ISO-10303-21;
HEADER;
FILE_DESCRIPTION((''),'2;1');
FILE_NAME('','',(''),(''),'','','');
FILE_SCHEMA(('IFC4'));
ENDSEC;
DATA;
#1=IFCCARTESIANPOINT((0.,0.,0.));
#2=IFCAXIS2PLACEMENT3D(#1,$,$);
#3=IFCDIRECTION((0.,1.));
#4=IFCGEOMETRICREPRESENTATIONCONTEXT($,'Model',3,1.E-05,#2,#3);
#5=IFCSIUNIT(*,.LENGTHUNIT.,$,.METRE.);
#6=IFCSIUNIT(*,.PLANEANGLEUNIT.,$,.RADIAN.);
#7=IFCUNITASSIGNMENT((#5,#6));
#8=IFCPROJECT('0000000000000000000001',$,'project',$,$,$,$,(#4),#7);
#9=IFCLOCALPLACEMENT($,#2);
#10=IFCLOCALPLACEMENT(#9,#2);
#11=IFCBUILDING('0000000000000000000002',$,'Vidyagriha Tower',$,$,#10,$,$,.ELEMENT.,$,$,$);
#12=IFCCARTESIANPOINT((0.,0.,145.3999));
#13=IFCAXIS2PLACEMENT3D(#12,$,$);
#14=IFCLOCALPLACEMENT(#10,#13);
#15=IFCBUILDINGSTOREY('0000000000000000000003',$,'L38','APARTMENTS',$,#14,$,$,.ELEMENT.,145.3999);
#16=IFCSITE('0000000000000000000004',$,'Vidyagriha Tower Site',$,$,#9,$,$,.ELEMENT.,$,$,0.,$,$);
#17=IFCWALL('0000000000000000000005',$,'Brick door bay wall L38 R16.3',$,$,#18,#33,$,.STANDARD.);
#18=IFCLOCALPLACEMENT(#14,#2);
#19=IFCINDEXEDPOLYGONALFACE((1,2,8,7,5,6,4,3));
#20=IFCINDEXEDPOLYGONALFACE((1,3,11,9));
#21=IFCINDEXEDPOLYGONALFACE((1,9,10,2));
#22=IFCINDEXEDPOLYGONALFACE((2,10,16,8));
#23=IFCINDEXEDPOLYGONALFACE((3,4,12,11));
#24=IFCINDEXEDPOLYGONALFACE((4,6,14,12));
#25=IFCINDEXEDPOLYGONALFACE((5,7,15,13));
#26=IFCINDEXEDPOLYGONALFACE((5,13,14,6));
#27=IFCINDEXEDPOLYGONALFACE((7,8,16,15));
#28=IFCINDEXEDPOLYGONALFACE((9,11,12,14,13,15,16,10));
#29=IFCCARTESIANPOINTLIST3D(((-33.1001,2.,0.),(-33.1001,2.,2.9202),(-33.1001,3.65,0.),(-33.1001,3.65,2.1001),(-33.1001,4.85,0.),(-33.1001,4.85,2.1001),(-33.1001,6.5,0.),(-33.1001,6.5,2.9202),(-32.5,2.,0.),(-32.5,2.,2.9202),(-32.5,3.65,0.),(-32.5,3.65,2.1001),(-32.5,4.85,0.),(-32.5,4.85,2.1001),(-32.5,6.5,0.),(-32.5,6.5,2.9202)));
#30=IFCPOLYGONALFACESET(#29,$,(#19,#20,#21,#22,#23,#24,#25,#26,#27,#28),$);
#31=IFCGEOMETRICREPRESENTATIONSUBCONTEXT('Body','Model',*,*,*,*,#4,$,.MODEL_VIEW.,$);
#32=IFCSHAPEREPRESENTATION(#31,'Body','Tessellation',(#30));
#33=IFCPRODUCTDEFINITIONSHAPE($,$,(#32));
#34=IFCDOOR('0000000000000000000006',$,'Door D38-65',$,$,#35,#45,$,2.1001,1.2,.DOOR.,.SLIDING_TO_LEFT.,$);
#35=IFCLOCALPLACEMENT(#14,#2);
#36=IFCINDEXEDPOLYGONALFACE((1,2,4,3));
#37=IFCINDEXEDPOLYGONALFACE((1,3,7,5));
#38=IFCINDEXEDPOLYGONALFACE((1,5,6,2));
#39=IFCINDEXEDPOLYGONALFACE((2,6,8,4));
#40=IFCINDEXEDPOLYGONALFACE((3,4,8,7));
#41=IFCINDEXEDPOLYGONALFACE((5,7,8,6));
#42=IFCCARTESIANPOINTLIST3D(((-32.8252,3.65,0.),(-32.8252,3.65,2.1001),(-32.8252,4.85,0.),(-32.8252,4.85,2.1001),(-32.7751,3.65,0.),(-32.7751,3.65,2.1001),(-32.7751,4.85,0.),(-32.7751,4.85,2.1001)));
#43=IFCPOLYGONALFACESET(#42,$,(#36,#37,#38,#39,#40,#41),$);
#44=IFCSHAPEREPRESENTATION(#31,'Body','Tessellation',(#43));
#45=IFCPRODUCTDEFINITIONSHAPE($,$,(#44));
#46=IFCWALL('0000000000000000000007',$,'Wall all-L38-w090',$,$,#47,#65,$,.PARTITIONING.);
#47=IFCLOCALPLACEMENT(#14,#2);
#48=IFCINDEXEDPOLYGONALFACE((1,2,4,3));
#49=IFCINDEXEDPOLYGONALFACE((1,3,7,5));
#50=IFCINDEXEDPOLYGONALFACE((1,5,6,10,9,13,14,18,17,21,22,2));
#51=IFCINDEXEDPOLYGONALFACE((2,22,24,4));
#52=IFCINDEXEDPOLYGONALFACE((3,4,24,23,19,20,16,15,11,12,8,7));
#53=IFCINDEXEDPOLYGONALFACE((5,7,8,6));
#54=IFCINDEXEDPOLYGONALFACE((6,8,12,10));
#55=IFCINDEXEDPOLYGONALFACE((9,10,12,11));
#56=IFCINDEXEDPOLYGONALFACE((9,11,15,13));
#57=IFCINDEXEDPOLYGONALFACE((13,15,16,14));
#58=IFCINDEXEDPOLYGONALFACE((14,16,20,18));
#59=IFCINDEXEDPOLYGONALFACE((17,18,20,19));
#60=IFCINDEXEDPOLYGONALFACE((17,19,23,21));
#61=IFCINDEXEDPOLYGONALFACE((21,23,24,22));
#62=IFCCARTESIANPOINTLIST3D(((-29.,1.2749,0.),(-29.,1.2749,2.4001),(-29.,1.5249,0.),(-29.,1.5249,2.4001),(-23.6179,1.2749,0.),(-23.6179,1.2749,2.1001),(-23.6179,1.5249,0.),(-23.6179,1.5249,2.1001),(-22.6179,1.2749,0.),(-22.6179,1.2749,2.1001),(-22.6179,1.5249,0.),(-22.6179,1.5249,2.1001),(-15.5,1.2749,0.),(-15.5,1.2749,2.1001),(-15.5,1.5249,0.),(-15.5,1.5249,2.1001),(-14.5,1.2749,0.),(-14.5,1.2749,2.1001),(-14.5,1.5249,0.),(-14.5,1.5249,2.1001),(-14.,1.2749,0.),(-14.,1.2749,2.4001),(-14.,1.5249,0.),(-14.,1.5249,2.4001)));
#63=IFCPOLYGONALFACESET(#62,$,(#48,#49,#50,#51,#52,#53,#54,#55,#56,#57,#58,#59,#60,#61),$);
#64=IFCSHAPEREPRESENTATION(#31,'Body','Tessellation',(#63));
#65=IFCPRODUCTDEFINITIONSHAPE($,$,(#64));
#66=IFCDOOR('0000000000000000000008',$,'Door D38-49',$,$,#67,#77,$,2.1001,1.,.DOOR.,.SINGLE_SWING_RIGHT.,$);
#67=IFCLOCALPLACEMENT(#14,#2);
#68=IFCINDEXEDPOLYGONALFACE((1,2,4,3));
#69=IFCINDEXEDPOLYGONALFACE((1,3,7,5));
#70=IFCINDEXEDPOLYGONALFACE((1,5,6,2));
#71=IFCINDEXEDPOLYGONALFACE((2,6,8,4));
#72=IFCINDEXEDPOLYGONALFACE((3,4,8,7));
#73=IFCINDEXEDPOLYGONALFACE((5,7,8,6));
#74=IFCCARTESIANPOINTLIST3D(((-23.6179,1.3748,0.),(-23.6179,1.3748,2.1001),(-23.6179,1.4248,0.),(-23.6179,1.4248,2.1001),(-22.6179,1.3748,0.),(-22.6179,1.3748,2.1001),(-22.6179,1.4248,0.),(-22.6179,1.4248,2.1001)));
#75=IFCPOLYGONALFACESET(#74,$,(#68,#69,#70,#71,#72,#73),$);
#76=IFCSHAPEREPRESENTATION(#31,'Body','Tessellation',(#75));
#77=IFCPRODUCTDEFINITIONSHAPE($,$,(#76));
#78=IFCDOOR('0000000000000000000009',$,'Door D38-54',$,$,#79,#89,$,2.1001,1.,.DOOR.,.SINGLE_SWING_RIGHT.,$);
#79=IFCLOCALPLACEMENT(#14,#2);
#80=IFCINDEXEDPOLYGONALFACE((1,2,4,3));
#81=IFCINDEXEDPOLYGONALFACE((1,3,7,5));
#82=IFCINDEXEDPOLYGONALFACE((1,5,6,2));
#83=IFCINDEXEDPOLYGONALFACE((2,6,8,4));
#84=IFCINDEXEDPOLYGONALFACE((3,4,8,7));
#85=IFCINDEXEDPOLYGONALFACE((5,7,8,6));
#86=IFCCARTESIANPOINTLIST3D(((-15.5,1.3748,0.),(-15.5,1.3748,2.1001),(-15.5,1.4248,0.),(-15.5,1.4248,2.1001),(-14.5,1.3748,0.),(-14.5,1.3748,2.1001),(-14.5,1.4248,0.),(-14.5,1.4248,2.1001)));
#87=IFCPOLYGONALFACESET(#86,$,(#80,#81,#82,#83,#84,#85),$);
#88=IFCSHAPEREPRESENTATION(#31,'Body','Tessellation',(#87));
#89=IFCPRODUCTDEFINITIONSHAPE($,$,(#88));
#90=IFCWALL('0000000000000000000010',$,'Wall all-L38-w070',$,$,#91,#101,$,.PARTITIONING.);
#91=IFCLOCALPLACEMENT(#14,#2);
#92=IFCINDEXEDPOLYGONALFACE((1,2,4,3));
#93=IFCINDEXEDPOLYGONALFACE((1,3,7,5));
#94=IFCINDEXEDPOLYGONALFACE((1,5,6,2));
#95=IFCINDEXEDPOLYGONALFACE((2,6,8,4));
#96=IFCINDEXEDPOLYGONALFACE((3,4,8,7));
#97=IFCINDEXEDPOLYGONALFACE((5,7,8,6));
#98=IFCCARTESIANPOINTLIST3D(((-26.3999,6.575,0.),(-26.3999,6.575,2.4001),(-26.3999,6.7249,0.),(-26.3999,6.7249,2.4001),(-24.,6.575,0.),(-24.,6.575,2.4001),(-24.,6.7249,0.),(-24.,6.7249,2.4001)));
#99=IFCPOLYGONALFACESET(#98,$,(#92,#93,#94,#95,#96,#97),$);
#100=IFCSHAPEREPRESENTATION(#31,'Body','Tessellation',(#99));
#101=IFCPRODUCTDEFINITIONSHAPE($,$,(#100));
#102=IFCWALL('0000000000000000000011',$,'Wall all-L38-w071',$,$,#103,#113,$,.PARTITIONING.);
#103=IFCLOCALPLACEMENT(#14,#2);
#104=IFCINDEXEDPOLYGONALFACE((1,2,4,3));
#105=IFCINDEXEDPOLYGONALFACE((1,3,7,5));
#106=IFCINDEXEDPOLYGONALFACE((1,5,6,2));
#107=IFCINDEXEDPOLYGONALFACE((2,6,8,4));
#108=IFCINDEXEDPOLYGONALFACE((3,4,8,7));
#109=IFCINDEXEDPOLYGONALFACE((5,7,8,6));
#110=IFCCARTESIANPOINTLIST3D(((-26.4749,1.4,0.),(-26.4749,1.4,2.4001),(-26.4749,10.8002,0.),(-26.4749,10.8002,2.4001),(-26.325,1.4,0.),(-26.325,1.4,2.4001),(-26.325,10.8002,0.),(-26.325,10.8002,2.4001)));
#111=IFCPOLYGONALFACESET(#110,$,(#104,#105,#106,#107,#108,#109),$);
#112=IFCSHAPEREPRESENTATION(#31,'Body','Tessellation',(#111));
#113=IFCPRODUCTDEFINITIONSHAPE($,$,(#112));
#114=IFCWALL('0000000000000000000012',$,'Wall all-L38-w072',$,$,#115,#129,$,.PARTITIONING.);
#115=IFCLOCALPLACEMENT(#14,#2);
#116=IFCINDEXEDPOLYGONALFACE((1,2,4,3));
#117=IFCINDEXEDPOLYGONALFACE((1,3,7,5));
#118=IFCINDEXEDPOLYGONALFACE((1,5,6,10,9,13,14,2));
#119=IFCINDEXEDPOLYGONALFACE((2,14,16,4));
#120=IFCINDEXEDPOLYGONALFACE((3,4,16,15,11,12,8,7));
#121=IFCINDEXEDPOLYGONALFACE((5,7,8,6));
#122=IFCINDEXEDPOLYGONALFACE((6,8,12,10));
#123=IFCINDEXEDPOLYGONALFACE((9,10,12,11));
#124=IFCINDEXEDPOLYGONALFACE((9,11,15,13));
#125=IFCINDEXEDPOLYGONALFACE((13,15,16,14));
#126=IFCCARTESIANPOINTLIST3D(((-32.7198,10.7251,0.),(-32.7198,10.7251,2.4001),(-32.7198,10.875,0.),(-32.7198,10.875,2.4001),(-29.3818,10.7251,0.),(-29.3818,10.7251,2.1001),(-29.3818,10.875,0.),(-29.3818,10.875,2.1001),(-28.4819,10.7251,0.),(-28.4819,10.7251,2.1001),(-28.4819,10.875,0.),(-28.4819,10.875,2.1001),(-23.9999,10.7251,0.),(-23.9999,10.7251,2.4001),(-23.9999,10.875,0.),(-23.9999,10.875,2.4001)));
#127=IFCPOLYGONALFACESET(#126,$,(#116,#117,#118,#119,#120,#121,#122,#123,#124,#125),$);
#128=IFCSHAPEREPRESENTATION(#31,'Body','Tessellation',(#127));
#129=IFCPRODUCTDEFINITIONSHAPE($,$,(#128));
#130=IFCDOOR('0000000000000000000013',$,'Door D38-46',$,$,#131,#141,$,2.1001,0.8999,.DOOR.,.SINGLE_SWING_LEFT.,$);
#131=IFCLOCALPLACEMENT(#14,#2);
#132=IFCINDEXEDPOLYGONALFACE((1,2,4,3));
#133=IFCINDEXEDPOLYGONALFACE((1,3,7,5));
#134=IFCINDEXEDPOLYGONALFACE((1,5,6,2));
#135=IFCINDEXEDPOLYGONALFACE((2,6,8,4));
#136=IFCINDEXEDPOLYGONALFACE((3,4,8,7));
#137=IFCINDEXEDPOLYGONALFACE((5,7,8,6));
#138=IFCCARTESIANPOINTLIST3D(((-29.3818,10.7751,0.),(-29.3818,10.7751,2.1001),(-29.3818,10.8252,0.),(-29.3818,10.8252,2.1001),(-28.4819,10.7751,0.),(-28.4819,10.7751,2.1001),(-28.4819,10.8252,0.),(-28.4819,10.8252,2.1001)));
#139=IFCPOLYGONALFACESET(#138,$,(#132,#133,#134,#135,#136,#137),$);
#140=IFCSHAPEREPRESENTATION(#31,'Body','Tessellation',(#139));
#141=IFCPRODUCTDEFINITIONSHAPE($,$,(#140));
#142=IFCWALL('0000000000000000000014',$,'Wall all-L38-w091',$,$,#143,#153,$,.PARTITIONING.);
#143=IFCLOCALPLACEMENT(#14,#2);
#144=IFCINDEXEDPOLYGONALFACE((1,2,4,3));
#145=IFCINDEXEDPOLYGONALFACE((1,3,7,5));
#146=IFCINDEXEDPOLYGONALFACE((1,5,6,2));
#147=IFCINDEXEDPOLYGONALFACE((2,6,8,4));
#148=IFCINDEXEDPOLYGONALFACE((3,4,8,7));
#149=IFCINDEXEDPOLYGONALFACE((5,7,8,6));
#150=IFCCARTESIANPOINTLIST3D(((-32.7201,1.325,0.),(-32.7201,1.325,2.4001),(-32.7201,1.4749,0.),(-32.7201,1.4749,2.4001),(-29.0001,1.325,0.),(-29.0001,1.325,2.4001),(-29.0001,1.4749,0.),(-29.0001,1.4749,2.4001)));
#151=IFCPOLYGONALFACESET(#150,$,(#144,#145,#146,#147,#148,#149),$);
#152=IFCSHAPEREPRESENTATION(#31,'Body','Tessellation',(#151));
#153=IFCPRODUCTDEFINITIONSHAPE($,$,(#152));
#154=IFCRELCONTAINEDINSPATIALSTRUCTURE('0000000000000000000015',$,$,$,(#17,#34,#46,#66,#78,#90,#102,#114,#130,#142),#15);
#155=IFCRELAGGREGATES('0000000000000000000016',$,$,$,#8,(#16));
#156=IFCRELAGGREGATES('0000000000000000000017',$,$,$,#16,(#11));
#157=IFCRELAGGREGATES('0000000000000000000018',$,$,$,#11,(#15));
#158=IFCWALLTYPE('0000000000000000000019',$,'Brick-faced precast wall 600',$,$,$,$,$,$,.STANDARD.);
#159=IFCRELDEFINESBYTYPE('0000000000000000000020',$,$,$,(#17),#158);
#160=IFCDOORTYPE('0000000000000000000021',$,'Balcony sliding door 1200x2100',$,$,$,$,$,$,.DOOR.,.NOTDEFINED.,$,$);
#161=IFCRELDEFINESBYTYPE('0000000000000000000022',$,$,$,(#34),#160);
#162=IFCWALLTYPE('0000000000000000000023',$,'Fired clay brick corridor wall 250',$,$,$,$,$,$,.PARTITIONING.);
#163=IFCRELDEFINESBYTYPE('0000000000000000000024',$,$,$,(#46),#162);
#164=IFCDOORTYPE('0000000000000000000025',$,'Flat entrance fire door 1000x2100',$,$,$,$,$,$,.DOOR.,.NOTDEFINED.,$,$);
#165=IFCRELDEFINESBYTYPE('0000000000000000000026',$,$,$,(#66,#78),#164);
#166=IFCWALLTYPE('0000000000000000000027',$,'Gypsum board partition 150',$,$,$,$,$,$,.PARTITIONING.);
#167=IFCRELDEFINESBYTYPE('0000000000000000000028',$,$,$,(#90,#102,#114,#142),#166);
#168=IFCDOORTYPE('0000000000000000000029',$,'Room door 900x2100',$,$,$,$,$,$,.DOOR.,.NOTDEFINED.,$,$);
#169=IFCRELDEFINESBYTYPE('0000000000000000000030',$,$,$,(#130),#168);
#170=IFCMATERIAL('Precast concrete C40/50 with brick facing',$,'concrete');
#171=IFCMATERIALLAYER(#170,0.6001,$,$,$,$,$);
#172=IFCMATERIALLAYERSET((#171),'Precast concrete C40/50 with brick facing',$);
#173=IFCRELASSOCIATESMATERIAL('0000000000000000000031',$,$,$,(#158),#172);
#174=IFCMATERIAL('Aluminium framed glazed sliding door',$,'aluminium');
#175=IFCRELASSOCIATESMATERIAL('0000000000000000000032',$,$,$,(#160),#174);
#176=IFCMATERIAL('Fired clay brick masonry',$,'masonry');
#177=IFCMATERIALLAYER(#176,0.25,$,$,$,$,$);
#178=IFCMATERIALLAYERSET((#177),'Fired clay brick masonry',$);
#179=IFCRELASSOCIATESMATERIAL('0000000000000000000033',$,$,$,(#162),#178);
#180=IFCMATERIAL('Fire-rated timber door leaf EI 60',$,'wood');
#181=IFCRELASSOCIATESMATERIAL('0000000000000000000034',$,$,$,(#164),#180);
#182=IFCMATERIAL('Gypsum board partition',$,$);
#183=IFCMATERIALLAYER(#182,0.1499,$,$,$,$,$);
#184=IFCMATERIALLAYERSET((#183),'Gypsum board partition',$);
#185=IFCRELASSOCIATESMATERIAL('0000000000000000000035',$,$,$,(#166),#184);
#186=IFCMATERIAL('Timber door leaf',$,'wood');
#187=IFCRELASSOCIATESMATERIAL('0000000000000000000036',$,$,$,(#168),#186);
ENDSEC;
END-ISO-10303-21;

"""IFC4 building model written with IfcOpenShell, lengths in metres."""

from ifc_helpers import new_model, si_unit, direction, frame, frame_2d, origin, place, context, subcontext, project, spatial, rectangle, extrude, material, layer, layer_set, type_object, element, fill, save


model = new_model("IFC4")

# Units and contexts
model_context = context("Model", 3, precision=1e-05, world=origin(), true_north=direction((0.0, 1.0)))
body_context = subcontext(model_context, "Body", "Model", "MODEL_VIEW")
ifc_project = project(units=[si_unit("LENGTHUNIT", "METRE"), si_unit("PLANEANGLEUNIT", "RADIAN")], contexts=[model_context])

# Site, building, storey
site_placement = place(None, origin())
site = spatial("IfcSite", under=ifc_project, at=site_placement, Name="Vidyagriha Tower Site", CompositionType="ELEMENT", RefElevation=0.0)
building_placement = place(site_placement, origin())
building = spatial("IfcBuilding", under=site, at=building_placement, Name="Vidyagriha Tower", CompositionType="ELEMENT")
storey_placement = place(building_placement, frame((0.0, 0.0, 145.3999)))
storey = spatial("IfcBuildingStorey", under=building, at=storey_placement, Name="L38", Description="APARTMENTS", CompositionType="ELEMENT", Elevation=145.3999)

# Wall, opening, door
ifc_material_1 = material(Name="Precast concrete C40/50 with brick facing", Category="concrete")
ifc_layer_1 = layer(ifc_material_1, 0.6001)
ifc_layer_set_1 = layer_set([ifc_layer_1], Name="Precast concrete C40/50 with brick facing")
wall_type_1 = type_object("IfcWallType", Name="Brick-faced precast wall 600", PredefinedType="STANDARD", material=ifc_layer_set_1)
wall_1_placement = place(storey_placement, frame((-32.8, 6.5, 0.0), z_axis=(0.0, 0.0, 1.0), x_axis=(0.0, -1.0, 0.0)))
wall_1 = element("IfcWall", 1, at=wall_1_placement, inside=storey, type_object=wall_type_1, Name="Brick door bay wall L38 R16.3", PredefinedType="STANDARD", context=body_context, shape_type="SweptSolid", body=[
    extrude(rectangle(XDim=4.5, YDim=0.6001, at=frame_2d((2.25, 0.0))), origin(), (0.0, 0.0, 1.0), 2.9202),
])
opening_1_placement = place(wall_1_placement, frame((1.6499, 0.0, 0.0)))
opening_1 = element("IfcOpeningElement", 2, at=opening_1_placement, cuts=wall_1, PredefinedType="OPENING", context=body_context, shape_type="SweptSolid", body=[
    extrude(rectangle(XDim=1.2, YDim=2.1001, at=frame_2d((0.6001, 1.05))), frame((0.0, 0.3101, 0.0), z_axis=(0.0, -1.0, 0.0), x_axis=(1.0, 0.0, 0.0)), (0.0, 0.0, 1.0), 0.6201),
])
ifc_material_2 = material(Name="Aluminium framed glazed sliding door", Category="aluminium")
door_type_1 = type_object("IfcDoorType", Name="Balcony sliding door 1200x2100", OperationType="NOTDEFINED", PredefinedType="DOOR", material=ifc_material_2)
door_1_placement = place(opening_1_placement, origin())
door_1 = element("IfcDoor", 3, at=door_1_placement, inside=storey, type_object=door_type_1, Name="Door D38-65", OperationType="SLIDING_TO_LEFT", OverallHeight=2.1001, OverallWidth=1.2, PredefinedType="DOOR", context=body_context, shape_type="SweptSolid", body=[
    extrude(rectangle(XDim=1.2, YDim=2.1001, at=frame_2d((0.6001, 1.05))), frame((0.0, 0.0249, 0.0), z_axis=(0.0, -1.0, 0.0), x_axis=(1.0, 0.0, 0.0)), (0.0, 0.0, 1.0), 0.05),
])
fill(opening_1, door_1)

# Wall, openings, doors
ifc_material_3 = material(Name="Fired clay brick masonry", Category="masonry")
ifc_layer_2 = layer(ifc_material_3, 0.25)
ifc_layer_set_2 = layer_set([ifc_layer_2], Name="Fired clay brick masonry")
wall_type_2 = type_object("IfcWallType", Name="Fired clay brick corridor wall 250", PredefinedType="PARTITIONING", material=ifc_layer_set_2)
wall_2_placement = place(storey_placement, frame((-29.0, 1.3999, 0.0)))
wall_2 = element("IfcWall", 4, at=wall_2_placement, inside=storey, type_object=wall_type_2, Name="Wall all-L38-w090", PredefinedType="PARTITIONING", context=body_context, shape_type="SweptSolid", body=[
    extrude(rectangle(XDim=15.0, YDim=0.25, at=frame_2d((7.5, 0.0))), origin(), (0.0, 0.0, 1.0), 2.4001),
])
opening_2_placement = place(wall_2_placement, frame((5.3821, 0.0, 0.0)))
opening_2 = element("IfcOpeningElement", 5, at=opening_2_placement, cuts=wall_2, PredefinedType="OPENING", context=body_context, shape_type="SweptSolid", body=[
    extrude(rectangle(XDim=1.0, YDim=2.1001, at=frame_2d((0.5, 1.05))), frame((0.0, 0.135, 0.0), z_axis=(0.0, -1.0, 0.0), x_axis=(1.0, 0.0, 0.0)), (0.0, 0.0, 1.0), 0.27),
])
opening_3_placement = place(wall_2_placement, frame((13.5, 0.0, 0.0)))
opening_3 = element("IfcOpeningElement", 6, at=opening_3_placement, cuts=wall_2, PredefinedType="OPENING", context=body_context, shape_type="SweptSolid", body=[
    extrude(rectangle(XDim=1.0, YDim=2.1001, at=frame_2d((0.5, 1.05))), frame((0.0, 0.135, 0.0), z_axis=(0.0, -1.0, 0.0), x_axis=(1.0, 0.0, 0.0)), (0.0, 0.0, 1.0), 0.27),
])
ifc_material_4 = material(Name="Fire-rated timber door leaf EI 60", Category="wood")
door_type_2 = type_object("IfcDoorType", Name="Flat entrance fire door 1000x2100", OperationType="NOTDEFINED", PredefinedType="DOOR", material=ifc_material_4)
door_2_placement = place(opening_2_placement, origin())
door_2 = element("IfcDoor", 7, at=door_2_placement, inside=storey, type_object=door_type_2, Name="Door D38-49", OperationType="SINGLE_SWING_RIGHT", OverallHeight=2.1001, OverallWidth=1.0, PredefinedType="DOOR", context=body_context, shape_type="SweptSolid", body=[
    extrude(rectangle(XDim=1.0, YDim=2.1001, at=frame_2d((0.5, 1.05))), frame((0.0, 0.0249, 0.0), z_axis=(0.0, -1.0, 0.0), x_axis=(1.0, 0.0, 0.0)), (0.0, 0.0, 1.0), 0.05),
])
fill(opening_2, door_2)
door_3_placement = place(opening_3_placement, origin())
door_3 = element("IfcDoor", 8, at=door_3_placement, inside=storey, type_object=door_type_2, Name="Door D38-54", OperationType="SINGLE_SWING_RIGHT", OverallHeight=2.1001, OverallWidth=1.0, PredefinedType="DOOR", context=body_context, shape_type="SweptSolid", body=[
    extrude(rectangle(XDim=1.0, YDim=2.1001, at=frame_2d((0.5, 1.05))), frame((0.0, 0.0249, 0.0), z_axis=(0.0, -1.0, 0.0), x_axis=(1.0, 0.0, 0.0)), (0.0, 0.0, 1.0), 0.05),
])
fill(opening_3, door_3)

# Walls
ifc_material_5 = material(Name="Gypsum board partition")
ifc_layer_3 = layer(ifc_material_5, 0.1499)
ifc_layer_set_3 = layer_set([ifc_layer_3], Name="Gypsum board partition")
wall_type_3 = type_object("IfcWallType", Name="Gypsum board partition 150", PredefinedType="PARTITIONING", material=ifc_layer_set_3)
wall_3_placement = place(storey_placement, frame((-26.3999, 6.6499, 0.0)))
element("IfcWall", 9, at=wall_3_placement, inside=storey, type_object=wall_type_3, Name="Wall all-L38-w070", PredefinedType="PARTITIONING", context=body_context, shape_type="SweptSolid", body=[
    extrude(rectangle(XDim=2.3999, YDim=0.1499, at=frame_2d((1.2, 0.0))), origin(), (0.0, 0.0, 1.0), 2.4001),
])
wall_4_placement = place(storey_placement, frame((-26.3999, 1.3999, 0.0), z_axis=(0.0, 0.0, 1.0), x_axis=(0.0, 1.0, 0.0)))
element("IfcWall", 10, at=wall_4_placement, inside=storey, type_object=wall_type_3, Name="Wall all-L38-w071", PredefinedType="PARTITIONING", context=body_context, shape_type="SweptSolid", body=[
    extrude(rectangle(XDim=9.4001, YDim=0.1499, at=frame_2d((4.7002, 0.0))), origin(), (0.0, 0.0, 1.0), 2.4001),
])

# Wall, opening, door
wall_5_placement = place(storey_placement, frame((-24.0, 10.8, 0.0), z_axis=(0.0, 0.0, 1.0), x_axis=(-1.0, 0.0, 0.0)))
wall_5 = element("IfcWall", 11, at=wall_5_placement, inside=storey, type_object=wall_type_3, Name="Wall all-L38-w072", PredefinedType="PARTITIONING", context=body_context, shape_type="SweptSolid", body=[
    extrude(rectangle(XDim=8.72, YDim=0.1499, at=frame_2d((4.3599, 0.0))), origin(), (0.0, 0.0, 1.0), 2.4001),
])
opening_4_placement = place(wall_5_placement, frame((4.4819, 0.0, 0.0)))
opening_4 = element("IfcOpeningElement", 12, at=opening_4_placement, cuts=wall_5, PredefinedType="OPENING", context=body_context, shape_type="SweptSolid", body=[
    extrude(rectangle(XDim=0.8999, YDim=2.1001, at=frame_2d((0.45, 1.05))), frame((0.0, 0.085, 0.0), z_axis=(0.0, -1.0, 0.0), x_axis=(1.0, 0.0, 0.0)), (0.0, 0.0, 1.0), 0.1699),
])
ifc_material_6 = material(Name="Timber door leaf", Category="wood")
door_type_3 = type_object("IfcDoorType", Name="Room door 900x2100", OperationType="NOTDEFINED", PredefinedType="DOOR", material=ifc_material_6)
door_4_placement = place(opening_4_placement, origin())
door_4 = element("IfcDoor", 13, at=door_4_placement, inside=storey, type_object=door_type_3, Name="Door D38-46", OperationType="SINGLE_SWING_LEFT", OverallHeight=2.1001, OverallWidth=0.8999, PredefinedType="DOOR", context=body_context, shape_type="SweptSolid", body=[
    extrude(rectangle(XDim=0.8999, YDim=2.1001, at=frame_2d((0.45, 1.05))), frame((0.0, 0.0249, 0.0), z_axis=(0.0, -1.0, 0.0), x_axis=(1.0, 0.0, 0.0)), (0.0, 0.0, 1.0), 0.05),
])
fill(opening_4, door_4)

# Wall
wall_6_placement = place(storey_placement, frame((-32.72, 1.3999, 0.0)))
element("IfcWall", 14, at=wall_6_placement, inside=storey, type_object=wall_type_3, Name="Wall all-L38-w091", PredefinedType="PARTITIONING", context=body_context, shape_type="SweptSolid", body=[
    extrude(rectangle(XDim=3.72, YDim=0.1499, at=frame_2d((1.8599, 0.0))), origin(), (0.0, 0.0, 1.0), 2.4001),
])

save(model, "model.ifc")
